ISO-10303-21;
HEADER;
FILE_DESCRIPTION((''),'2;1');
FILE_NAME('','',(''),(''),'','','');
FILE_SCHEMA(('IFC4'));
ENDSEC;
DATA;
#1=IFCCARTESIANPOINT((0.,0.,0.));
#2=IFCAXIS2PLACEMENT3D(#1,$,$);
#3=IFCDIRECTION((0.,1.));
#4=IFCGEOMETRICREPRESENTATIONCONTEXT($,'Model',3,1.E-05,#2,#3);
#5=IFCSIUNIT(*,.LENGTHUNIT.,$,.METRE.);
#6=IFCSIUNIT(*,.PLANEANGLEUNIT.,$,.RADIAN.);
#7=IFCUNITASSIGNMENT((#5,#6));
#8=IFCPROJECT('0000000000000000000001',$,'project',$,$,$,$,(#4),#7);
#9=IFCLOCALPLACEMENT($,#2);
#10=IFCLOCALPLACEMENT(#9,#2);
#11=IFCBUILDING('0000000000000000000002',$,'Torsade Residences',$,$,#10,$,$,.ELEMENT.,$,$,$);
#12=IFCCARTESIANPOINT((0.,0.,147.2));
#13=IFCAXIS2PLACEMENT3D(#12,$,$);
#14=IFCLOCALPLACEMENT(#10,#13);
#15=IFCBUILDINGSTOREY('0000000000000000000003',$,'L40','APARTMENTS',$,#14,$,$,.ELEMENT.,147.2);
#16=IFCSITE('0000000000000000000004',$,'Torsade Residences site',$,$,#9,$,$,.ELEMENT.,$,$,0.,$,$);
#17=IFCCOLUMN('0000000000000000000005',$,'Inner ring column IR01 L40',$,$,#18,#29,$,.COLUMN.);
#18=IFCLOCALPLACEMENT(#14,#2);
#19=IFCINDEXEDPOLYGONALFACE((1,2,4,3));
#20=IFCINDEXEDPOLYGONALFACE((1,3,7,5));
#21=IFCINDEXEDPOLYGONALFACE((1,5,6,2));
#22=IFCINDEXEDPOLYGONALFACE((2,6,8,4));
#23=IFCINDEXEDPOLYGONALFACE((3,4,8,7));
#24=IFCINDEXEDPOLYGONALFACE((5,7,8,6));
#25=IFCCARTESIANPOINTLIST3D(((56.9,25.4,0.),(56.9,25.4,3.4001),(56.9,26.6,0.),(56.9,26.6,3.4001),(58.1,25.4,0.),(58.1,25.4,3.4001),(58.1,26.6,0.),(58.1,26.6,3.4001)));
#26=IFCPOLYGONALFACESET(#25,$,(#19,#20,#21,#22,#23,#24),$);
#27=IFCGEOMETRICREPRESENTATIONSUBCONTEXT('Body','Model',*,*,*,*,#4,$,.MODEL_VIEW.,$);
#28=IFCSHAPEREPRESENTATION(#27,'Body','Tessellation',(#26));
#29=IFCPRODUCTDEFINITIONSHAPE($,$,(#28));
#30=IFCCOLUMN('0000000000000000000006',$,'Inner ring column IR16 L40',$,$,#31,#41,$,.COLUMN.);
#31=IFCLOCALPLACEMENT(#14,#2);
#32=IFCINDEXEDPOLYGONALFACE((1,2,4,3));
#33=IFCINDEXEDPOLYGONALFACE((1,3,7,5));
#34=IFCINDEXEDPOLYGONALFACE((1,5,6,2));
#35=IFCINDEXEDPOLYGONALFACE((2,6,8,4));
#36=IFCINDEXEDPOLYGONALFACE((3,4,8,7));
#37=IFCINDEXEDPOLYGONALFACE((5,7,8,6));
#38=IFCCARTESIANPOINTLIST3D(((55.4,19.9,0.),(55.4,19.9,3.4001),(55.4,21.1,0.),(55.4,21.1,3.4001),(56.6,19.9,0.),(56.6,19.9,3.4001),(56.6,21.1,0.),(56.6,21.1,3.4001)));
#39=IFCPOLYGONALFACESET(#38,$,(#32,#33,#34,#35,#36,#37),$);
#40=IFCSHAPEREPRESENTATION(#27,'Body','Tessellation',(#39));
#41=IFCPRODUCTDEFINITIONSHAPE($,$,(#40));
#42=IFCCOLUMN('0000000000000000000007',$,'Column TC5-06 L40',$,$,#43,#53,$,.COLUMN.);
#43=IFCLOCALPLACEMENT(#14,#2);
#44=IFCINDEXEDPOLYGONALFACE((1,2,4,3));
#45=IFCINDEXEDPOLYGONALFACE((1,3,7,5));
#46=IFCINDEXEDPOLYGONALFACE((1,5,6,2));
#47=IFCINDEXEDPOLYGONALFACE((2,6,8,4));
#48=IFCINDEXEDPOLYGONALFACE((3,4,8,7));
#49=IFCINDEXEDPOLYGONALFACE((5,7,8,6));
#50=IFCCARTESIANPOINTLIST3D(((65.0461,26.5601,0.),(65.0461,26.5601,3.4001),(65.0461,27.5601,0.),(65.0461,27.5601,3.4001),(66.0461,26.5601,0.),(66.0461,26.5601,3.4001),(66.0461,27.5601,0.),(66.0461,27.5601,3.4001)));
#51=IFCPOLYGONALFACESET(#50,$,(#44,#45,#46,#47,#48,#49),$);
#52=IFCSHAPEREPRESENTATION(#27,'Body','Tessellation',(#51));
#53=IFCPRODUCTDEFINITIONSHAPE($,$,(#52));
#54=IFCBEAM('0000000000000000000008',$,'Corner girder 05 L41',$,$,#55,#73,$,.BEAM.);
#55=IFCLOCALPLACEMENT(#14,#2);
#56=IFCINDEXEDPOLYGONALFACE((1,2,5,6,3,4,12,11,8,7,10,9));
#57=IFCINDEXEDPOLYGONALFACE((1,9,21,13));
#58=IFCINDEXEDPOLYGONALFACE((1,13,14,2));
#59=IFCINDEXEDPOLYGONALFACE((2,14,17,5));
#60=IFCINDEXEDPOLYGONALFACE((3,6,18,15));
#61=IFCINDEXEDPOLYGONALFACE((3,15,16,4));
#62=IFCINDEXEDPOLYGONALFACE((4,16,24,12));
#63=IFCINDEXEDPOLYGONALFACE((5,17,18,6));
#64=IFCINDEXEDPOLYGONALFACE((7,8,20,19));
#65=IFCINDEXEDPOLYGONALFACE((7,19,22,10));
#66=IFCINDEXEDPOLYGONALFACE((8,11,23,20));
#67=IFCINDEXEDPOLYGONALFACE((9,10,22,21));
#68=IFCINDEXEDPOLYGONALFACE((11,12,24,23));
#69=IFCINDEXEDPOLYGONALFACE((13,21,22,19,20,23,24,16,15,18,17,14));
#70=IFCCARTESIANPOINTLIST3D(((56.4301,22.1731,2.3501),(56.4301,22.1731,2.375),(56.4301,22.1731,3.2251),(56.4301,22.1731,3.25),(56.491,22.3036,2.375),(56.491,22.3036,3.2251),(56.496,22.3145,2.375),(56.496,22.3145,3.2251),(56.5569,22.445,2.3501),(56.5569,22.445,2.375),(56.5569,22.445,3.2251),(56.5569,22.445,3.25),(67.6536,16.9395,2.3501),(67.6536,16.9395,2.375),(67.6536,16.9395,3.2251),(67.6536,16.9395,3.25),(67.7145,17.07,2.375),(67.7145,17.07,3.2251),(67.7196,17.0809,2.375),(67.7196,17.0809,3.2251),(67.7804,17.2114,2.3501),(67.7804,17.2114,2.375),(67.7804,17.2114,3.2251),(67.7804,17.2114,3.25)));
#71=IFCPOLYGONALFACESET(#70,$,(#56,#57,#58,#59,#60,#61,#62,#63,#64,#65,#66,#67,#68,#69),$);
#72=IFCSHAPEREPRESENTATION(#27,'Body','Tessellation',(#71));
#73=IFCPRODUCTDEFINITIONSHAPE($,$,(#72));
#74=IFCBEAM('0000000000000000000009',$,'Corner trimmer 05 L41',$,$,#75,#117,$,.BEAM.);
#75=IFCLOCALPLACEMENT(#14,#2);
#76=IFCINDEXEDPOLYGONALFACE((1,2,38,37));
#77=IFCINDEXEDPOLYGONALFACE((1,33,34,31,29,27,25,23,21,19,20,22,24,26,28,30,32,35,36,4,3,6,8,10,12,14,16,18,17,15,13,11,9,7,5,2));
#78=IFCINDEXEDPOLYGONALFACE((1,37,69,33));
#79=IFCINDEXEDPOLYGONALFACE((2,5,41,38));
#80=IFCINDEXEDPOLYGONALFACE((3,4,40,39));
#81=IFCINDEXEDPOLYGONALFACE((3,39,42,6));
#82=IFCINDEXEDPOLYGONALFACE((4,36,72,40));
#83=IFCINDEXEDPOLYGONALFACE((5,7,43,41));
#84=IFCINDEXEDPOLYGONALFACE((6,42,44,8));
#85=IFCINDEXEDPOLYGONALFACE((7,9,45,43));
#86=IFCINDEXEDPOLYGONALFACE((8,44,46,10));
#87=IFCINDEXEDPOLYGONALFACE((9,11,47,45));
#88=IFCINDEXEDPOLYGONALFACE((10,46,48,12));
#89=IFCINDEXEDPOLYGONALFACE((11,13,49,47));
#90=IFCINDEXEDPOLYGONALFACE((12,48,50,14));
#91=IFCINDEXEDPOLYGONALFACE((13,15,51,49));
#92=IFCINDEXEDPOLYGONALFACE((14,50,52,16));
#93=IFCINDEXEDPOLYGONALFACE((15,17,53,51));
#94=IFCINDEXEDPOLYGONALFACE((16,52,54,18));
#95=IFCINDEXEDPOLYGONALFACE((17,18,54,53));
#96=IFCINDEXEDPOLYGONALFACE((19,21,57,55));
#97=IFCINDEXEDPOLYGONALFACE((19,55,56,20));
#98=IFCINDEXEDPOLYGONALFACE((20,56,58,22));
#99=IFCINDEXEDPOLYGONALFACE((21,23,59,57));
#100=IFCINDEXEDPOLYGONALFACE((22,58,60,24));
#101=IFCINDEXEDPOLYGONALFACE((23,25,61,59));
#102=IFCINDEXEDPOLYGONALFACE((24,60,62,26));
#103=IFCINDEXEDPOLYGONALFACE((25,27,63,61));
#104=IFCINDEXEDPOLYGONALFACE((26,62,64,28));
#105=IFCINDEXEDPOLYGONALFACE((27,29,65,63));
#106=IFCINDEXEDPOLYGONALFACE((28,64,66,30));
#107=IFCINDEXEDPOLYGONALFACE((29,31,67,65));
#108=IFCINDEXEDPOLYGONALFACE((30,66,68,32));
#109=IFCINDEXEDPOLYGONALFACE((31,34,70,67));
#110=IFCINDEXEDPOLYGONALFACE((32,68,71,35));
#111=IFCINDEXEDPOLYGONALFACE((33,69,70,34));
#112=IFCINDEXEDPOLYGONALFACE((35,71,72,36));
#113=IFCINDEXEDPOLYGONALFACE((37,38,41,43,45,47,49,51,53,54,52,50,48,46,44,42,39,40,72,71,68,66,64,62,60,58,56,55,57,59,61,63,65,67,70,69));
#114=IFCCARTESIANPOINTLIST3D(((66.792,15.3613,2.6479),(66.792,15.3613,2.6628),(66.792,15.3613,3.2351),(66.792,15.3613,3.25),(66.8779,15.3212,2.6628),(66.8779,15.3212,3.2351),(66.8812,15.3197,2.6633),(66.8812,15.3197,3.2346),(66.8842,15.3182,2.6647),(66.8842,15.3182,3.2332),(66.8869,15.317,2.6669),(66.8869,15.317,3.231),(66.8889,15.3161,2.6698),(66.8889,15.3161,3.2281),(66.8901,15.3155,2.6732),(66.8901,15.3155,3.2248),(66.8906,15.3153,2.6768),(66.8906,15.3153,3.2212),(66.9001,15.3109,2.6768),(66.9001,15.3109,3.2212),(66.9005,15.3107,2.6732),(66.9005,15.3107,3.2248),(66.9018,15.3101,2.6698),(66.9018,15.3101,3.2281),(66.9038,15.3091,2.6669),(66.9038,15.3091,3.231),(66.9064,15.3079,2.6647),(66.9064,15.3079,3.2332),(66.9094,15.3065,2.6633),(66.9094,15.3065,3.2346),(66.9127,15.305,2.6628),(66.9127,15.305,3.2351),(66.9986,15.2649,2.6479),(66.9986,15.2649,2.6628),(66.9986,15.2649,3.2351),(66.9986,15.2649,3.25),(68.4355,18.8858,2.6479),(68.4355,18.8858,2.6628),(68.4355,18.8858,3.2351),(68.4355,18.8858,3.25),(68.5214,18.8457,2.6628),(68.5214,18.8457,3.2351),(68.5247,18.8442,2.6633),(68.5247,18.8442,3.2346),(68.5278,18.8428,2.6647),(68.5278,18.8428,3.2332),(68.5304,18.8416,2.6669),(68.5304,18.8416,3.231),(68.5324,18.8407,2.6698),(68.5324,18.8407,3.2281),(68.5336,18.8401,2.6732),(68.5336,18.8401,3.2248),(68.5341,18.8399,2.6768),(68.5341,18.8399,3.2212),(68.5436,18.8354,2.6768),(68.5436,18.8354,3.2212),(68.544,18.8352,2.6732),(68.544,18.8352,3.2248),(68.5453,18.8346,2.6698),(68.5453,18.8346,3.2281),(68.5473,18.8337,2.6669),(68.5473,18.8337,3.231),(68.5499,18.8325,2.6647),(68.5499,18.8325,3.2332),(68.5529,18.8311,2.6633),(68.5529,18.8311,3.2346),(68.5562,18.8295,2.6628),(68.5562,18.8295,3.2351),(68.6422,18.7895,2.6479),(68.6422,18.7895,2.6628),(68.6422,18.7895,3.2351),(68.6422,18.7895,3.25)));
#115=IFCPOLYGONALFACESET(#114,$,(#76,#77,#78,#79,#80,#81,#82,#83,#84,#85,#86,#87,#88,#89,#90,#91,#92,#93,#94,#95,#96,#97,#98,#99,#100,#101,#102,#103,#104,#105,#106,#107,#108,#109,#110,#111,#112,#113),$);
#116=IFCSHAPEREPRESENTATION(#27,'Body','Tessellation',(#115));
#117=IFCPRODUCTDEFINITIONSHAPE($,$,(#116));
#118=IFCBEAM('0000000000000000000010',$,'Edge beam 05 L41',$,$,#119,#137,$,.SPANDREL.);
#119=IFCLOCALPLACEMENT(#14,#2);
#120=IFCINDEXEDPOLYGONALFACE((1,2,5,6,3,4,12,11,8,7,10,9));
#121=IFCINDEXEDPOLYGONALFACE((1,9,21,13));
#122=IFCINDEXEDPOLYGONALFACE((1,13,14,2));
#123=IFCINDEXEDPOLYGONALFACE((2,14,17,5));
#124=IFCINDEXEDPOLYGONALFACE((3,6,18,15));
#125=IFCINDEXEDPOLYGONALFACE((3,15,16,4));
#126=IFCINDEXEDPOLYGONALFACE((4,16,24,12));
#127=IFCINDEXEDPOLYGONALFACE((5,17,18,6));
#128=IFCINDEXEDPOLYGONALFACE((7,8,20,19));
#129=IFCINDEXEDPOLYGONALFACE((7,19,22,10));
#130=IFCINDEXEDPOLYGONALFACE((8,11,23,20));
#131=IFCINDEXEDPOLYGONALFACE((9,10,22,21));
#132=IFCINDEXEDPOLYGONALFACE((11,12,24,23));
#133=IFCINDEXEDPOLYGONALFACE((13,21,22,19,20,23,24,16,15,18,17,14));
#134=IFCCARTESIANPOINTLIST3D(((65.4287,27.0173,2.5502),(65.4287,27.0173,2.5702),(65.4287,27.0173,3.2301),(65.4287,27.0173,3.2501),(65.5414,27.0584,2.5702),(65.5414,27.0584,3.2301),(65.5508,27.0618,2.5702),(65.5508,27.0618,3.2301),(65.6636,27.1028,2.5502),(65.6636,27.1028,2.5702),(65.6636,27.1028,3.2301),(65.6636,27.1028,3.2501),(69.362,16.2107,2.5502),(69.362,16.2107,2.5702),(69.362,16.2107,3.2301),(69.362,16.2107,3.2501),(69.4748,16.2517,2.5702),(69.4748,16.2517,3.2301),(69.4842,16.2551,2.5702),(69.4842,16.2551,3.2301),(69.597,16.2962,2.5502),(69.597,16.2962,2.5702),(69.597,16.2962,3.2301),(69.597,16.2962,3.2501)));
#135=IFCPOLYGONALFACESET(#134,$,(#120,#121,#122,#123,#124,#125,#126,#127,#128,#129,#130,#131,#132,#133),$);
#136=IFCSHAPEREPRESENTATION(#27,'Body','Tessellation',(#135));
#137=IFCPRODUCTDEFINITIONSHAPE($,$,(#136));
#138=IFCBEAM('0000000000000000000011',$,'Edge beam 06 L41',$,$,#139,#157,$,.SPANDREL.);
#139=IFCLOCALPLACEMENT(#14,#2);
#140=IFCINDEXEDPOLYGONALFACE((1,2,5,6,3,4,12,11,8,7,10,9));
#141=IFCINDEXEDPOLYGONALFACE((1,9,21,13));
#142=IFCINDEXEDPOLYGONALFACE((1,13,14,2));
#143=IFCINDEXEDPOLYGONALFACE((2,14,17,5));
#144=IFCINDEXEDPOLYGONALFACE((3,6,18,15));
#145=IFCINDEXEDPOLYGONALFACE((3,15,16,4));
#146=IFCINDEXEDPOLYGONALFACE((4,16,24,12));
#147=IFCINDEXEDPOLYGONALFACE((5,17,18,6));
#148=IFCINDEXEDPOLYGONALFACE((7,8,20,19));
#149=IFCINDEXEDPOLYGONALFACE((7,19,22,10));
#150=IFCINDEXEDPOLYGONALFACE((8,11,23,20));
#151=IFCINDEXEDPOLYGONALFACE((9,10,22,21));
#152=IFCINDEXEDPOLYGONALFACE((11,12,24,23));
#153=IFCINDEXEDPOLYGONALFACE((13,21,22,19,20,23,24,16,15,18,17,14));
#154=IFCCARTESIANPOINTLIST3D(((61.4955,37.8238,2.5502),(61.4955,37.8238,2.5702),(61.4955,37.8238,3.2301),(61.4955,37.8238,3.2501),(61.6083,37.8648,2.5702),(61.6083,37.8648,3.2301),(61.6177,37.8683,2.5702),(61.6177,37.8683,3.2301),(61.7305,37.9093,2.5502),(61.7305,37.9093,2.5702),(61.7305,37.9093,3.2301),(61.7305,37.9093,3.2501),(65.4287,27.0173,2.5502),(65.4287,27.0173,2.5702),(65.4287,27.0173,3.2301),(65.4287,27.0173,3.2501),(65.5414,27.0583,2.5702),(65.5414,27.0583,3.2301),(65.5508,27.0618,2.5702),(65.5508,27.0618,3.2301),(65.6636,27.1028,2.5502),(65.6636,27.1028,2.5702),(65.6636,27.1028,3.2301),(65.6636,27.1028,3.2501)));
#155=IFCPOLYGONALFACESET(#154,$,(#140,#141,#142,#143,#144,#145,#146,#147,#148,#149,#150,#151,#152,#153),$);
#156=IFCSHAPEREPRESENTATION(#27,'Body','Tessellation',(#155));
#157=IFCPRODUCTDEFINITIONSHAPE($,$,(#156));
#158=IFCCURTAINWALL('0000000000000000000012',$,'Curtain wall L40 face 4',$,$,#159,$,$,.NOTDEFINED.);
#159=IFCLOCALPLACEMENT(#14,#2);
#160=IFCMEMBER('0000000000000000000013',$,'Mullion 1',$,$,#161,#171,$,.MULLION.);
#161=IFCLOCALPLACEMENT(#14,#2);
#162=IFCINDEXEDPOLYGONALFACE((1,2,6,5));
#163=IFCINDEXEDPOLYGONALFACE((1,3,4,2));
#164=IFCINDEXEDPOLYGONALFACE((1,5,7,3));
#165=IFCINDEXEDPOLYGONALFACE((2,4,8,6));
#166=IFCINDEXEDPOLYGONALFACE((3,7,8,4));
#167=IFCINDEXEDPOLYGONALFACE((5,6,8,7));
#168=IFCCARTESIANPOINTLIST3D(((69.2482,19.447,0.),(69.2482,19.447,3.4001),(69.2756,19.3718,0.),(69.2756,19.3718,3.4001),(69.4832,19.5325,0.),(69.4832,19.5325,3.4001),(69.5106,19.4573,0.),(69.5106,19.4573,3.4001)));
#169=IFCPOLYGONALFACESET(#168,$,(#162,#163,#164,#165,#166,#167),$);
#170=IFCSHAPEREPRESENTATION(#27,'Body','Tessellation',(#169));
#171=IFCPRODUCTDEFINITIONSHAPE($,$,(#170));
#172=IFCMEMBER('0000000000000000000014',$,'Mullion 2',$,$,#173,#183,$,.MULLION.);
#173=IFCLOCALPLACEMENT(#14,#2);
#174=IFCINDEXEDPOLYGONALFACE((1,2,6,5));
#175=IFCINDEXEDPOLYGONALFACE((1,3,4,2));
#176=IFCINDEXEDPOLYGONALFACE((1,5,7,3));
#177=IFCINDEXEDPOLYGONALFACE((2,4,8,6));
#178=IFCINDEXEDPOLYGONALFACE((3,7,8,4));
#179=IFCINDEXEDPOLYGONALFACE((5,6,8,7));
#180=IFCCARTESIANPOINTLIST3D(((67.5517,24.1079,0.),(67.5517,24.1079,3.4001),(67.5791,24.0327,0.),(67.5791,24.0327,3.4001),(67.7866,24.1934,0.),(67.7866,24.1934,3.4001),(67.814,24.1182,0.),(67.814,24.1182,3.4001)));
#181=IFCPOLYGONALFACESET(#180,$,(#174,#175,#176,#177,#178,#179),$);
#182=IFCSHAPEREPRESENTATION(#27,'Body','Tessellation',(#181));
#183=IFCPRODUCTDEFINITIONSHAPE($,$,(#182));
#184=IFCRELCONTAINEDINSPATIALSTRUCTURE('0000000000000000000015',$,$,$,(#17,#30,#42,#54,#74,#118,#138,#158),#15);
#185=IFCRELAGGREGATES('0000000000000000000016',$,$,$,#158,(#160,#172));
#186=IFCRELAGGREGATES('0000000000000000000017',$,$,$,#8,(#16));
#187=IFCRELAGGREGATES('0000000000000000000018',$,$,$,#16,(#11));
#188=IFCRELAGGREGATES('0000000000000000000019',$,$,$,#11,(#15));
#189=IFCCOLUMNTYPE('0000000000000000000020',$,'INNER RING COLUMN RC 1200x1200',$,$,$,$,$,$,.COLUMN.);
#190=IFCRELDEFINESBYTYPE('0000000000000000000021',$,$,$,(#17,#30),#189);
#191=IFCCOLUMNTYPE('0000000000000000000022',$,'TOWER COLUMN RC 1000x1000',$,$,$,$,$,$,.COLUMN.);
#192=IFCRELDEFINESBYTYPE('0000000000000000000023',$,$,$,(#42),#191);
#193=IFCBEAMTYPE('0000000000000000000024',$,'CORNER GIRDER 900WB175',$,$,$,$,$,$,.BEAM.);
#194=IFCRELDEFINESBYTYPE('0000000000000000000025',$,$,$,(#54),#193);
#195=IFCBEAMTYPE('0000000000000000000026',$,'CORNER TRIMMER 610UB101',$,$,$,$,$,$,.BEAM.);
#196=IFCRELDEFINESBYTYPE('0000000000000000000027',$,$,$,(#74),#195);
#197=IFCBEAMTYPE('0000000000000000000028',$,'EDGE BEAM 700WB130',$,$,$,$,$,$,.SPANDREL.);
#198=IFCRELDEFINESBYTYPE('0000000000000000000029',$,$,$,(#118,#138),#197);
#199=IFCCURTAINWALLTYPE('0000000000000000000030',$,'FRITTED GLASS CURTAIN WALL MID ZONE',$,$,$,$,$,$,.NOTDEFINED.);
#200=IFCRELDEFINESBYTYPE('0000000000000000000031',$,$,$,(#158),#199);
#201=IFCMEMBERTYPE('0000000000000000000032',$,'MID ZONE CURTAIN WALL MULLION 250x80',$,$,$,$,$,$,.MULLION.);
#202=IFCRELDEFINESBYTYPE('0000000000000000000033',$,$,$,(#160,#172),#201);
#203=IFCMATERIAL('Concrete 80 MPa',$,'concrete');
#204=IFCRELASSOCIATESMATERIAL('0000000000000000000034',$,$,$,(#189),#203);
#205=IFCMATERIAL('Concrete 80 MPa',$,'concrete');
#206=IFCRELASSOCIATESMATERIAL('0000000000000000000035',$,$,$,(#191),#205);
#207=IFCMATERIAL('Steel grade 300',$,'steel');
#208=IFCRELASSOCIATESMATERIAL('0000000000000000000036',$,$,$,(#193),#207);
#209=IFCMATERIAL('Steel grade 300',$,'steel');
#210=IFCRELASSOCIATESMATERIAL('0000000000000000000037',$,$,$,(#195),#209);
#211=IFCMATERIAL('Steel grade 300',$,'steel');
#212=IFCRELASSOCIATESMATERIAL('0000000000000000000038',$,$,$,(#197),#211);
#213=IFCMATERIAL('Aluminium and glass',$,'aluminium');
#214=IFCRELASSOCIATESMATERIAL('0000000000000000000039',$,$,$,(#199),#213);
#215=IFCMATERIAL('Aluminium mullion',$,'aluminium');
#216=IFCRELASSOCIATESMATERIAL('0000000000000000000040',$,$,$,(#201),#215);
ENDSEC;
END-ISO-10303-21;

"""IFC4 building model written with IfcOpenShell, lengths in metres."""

from ifc_helpers import new_model, si_unit, direction, frame, origin, origin_2d, place, context, subcontext, project, spatial, rectangle, i_section, extrude, material, material_profile, profile_set, type_object, element, aggregate, save


model = new_model("IFC4")

# Units and contexts
model_context = context("Model", 3, precision=1e-05, world=origin(), true_north=direction((0.0, 1.0)))
body_context = subcontext(model_context, "Body", "Model", "MODEL_VIEW")
ifc_project = project(units=[si_unit("LENGTHUNIT", "METRE"), si_unit("PLANEANGLEUNIT", "RADIAN")], contexts=[model_context])

# Site, building, storey
site_placement = place(None, origin())
site = spatial("IfcSite", under=ifc_project, at=site_placement, Name="Torsade Residences site", CompositionType="ELEMENT", RefElevation=0.0)
building_placement = place(site_placement, origin())
building = spatial("IfcBuilding", under=site, at=building_placement, Name="Torsade Residences", CompositionType="ELEMENT")
storey_placement = place(building_placement, frame((0.0, 0.0, 147.2)))
storey = spatial("IfcBuildingStorey", under=building, at=storey_placement, Name="L40", Description="APARTMENTS", CompositionType="ELEMENT", Elevation=147.2)

# Columns
ifc_material_1 = material(Name="Concrete 80 MPa", Category="concrete")
ifc_material_profile_1 = material_profile(ifc_material_1, rectangle(XDim=1.2, YDim=1.2, at=origin_2d()), Name="RC 1200x1200")
ifc_profile_set_1 = profile_set([ifc_material_profile_1], Name="Concrete 80 MPa")
column_type_1 = type_object("IfcColumnType", Name="INNER RING COLUMN RC 1200x1200", PredefinedType="COLUMN", material=ifc_profile_set_1)
for number, where, z_axis, x_axis, name in (
    (1, (57.5, 26.0, 0.0), (0.0, 0.0, 1.0), (1.0, 0.0, 0.0), "Inner ring column IR01 L40"),
    (2, (56.0, 20.5, 0.0), (0.0, 0.0, 1.0), (1.0, 0.0, 0.0), "Inner ring column IR16 L40"),
):
    element("IfcColumn", number, at=place(storey_placement, frame(where, z_axis=z_axis, x_axis=x_axis)), inside=storey, type_object=column_type_1, Name=name, PredefinedType="COLUMN", context=body_context, shape_type="SweptSolid", body=[
        extrude(rectangle(XDim=1.2, YDim=1.2, at=origin_2d()), origin(), (0.0, 0.0, 1.0), 3.4001),
    ])
ifc_material_2 = material(Name="Concrete 80 MPa", Category="concrete")
ifc_material_profile_2 = material_profile(ifc_material_2, rectangle(XDim=1.0, YDim=1.0, at=origin_2d()), Name="RC 1000x1000")
ifc_profile_set_2 = profile_set([ifc_material_profile_2], Name="Concrete 80 MPa")
column_type_2 = type_object("IfcColumnType", Name="TOWER COLUMN RC 1000x1000", PredefinedType="COLUMN", material=ifc_profile_set_2)
column_placement = place(storey_placement, frame((65.5461, 27.0601, 0.0), z_axis=(0.0, 0.0, 1.0), x_axis=(1.0, 0.0, 0.0)))
element("IfcColumn", 3, at=column_placement, inside=storey, type_object=column_type_2, Name="Column TC5-06 L40", PredefinedType="COLUMN", context=body_context, shape_type="SweptSolid", body=[
    extrude(rectangle(XDim=1.0, YDim=1.0, at=origin_2d()), origin(), (0.0, 0.0, 1.0), 3.4001),
])

# Beams
ifc_material_3 = material(Name="Steel grade 300", Category="steel")
ifc_material_profile_3 = material_profile(ifc_material_3, i_section(OverallWidth=0.3, OverallDepth=0.8999, WebThickness=0.012, FlangeThickness=0.0249, at=origin_2d()), Name="900WB175")
ifc_profile_set_3 = profile_set([ifc_material_profile_3], Name="Steel grade 300")
beam_type_1 = type_object("IfcBeamType", Name="CORNER GIRDER 900WB175", PredefinedType="BEAM", material=ifc_profile_set_3)
beam_1_placement = place(storey_placement, frame((67.717, 17.0754, 2.8), z_axis=(-0.906309, 0.422617, 0.0), x_axis=(-0.422617, -0.906309, 0.0)))
element("IfcBeam", 4, at=beam_1_placement, inside=storey, type_object=beam_type_1, Name="Corner girder 05 L41", PredefinedType="BEAM", context=body_context, shape_type="SweptSolid", body=[
    extrude(i_section(OverallWidth=0.3, OverallDepth=0.8999, WebThickness=0.012, FlangeThickness=0.0249, at=origin_2d()), origin(), (0.0, 0.0, 1.0), 12.3838),
])
ifc_material_4 = material(Name="Steel grade 300", Category="steel")
ifc_material_profile_4 = material_profile(ifc_material_4, i_section(OverallWidth=0.228, OverallDepth=0.6021, WebThickness=0.0105, FlangeThickness=0.0149, FilletRadius=0.0139, at=origin_2d()), Name="610UB101")
ifc_profile_set_4 = profile_set([ifc_material_profile_4], Name="Steel grade 300")
beam_type_2 = type_object("IfcBeamType", Name="CORNER TRIMMER 610UB101", PredefinedType="BEAM", material=ifc_profile_set_4)
beam_2_placement = place(storey_placement, frame((68.5388, 18.8376, 2.949), z_axis=(-0.422614, -0.90631, 0.0), x_axis=(0.90631, -0.422614, 0.0)))
element("IfcBeam", 5, at=beam_2_placement, inside=storey, type_object=beam_type_2, Name="Corner trimmer 05 L41", PredefinedType="BEAM", context=body_context, shape_type="SweptSolid", body=[
    extrude(i_section(OverallWidth=0.228, OverallDepth=0.6021, WebThickness=0.0105, FlangeThickness=0.0149, FilletRadius=0.0139, at=origin_2d()), origin(), (0.0, 0.0, 1.0), 3.8889),
])
ifc_material_5 = material(Name="Steel grade 300", Category="steel")
ifc_material_profile_5 = material_profile(ifc_material_5, i_section(OverallWidth=0.25, OverallDepth=0.7, WebThickness=0.01, FlangeThickness=0.02, at=origin_2d()), Name="700WB130")
ifc_profile_set_5 = profile_set([ifc_material_profile_5], Name="Steel grade 300")
beam_type_3 = type_object("IfcBeamType", Name="EDGE BEAM 700WB130", PredefinedType="SPANDREL", material=ifc_profile_set_5)
beam_3_placement = place(storey_placement, frame((69.4795, 16.2534, 2.9001), z_axis=(-0.342024, 0.939691, 0.0), x_axis=(-0.939691, -0.342024, 0.0)))
element("IfcBeam", 6, at=beam_3_placement, inside=storey, type_object=beam_type_3, Name="Edge beam 05 L41", PredefinedType="SPANDREL", context=body_context, shape_type="SweptSolid", body=[
    extrude(i_section(OverallWidth=0.25, OverallDepth=0.7, WebThickness=0.01, FlangeThickness=0.02, at=origin_2d()), origin(), (0.0, 0.0, 1.0), 11.5002),
])
beam_4_placement = place(storey_placement, frame((65.5461, 27.0601, 2.9001), z_axis=(-0.342012, 0.939695, 0.0), x_axis=(-0.939695, -0.342012, 0.0)))
element("IfcBeam", 7, at=beam_4_placement, inside=storey, type_object=beam_type_3, Name="Edge beam 06 L41", PredefinedType="SPANDREL", context=body_context, shape_type="SweptSolid", body=[
    extrude(i_section(OverallWidth=0.25, OverallDepth=0.7, WebThickness=0.01, FlangeThickness=0.02, at=origin_2d()), origin(), (0.0, 0.0, 1.0), 11.5),
])

# Curtain wall, members
ifc_material_6 = material(Name="Aluminium and glass", Category="aluminium")
curtain_wall_type = type_object("IfcCurtainWallType", Name="FRITTED GLASS CURTAIN WALL MID ZONE", PredefinedType="NOTDEFINED", material=ifc_material_6)
curtain_wall_placement = place(storey_placement, origin())
curtain_wall = element("IfcCurtainWall", 8, at=curtain_wall_placement, inside=storey, type_object=curtain_wall_type, Name="Curtain wall L40 face 4", PredefinedType="NOTDEFINED")
ifc_material_7 = material(Name="Aluminium mullion", Category="aluminium")
ifc_material_profile_6 = material_profile(ifc_material_7, rectangle(XDim=0.25, YDim=0.0801, at=origin_2d()), Name="MID ZONE CURTAIN WALL MULLION 250x80")
ifc_profile_set_6 = profile_set([ifc_material_profile_6], Name="Aluminium mullion")
member_type_1 = type_object("IfcMemberType", Name="MID ZONE CURTAIN WALL MULLION 250x80", PredefinedType="MULLION", material=ifc_profile_set_6)
member_1_placement = place(storey_placement, frame((69.3794, 19.4521, 0.0), z_axis=(0.0, 0.0, 1.0), x_axis=(-0.939693, -0.34202, 0.0)))
member_1 = element("IfcMember", 9, at=member_1_placement, type_object=member_type_1, Name="Mullion 1", PredefinedType="MULLION", context=body_context, shape_type="SweptSolid", body=[
    extrude(rectangle(XDim=0.25, YDim=0.0801, at=origin_2d()), origin(), (0.0, 0.0, 1.0), 3.4001),
])
member_2_placement = place(storey_placement, frame((67.6829, 24.113, 0.0), z_axis=(0.0, 0.0, 1.0), x_axis=(-0.939693, -0.34202, 0.0)))
member_2 = element("IfcMember", 10, at=member_2_placement, type_object=member_type_1, Name="Mullion 2", PredefinedType="MULLION", context=body_context, shape_type="SweptSolid", body=[
    extrude(rectangle(XDim=0.25, YDim=0.0801, at=origin_2d()), origin(), (0.0, 0.0, 1.0), 3.4001),
])

aggregate(curtain_wall, [member_1, member_2])

save(model, "model.ifc")
